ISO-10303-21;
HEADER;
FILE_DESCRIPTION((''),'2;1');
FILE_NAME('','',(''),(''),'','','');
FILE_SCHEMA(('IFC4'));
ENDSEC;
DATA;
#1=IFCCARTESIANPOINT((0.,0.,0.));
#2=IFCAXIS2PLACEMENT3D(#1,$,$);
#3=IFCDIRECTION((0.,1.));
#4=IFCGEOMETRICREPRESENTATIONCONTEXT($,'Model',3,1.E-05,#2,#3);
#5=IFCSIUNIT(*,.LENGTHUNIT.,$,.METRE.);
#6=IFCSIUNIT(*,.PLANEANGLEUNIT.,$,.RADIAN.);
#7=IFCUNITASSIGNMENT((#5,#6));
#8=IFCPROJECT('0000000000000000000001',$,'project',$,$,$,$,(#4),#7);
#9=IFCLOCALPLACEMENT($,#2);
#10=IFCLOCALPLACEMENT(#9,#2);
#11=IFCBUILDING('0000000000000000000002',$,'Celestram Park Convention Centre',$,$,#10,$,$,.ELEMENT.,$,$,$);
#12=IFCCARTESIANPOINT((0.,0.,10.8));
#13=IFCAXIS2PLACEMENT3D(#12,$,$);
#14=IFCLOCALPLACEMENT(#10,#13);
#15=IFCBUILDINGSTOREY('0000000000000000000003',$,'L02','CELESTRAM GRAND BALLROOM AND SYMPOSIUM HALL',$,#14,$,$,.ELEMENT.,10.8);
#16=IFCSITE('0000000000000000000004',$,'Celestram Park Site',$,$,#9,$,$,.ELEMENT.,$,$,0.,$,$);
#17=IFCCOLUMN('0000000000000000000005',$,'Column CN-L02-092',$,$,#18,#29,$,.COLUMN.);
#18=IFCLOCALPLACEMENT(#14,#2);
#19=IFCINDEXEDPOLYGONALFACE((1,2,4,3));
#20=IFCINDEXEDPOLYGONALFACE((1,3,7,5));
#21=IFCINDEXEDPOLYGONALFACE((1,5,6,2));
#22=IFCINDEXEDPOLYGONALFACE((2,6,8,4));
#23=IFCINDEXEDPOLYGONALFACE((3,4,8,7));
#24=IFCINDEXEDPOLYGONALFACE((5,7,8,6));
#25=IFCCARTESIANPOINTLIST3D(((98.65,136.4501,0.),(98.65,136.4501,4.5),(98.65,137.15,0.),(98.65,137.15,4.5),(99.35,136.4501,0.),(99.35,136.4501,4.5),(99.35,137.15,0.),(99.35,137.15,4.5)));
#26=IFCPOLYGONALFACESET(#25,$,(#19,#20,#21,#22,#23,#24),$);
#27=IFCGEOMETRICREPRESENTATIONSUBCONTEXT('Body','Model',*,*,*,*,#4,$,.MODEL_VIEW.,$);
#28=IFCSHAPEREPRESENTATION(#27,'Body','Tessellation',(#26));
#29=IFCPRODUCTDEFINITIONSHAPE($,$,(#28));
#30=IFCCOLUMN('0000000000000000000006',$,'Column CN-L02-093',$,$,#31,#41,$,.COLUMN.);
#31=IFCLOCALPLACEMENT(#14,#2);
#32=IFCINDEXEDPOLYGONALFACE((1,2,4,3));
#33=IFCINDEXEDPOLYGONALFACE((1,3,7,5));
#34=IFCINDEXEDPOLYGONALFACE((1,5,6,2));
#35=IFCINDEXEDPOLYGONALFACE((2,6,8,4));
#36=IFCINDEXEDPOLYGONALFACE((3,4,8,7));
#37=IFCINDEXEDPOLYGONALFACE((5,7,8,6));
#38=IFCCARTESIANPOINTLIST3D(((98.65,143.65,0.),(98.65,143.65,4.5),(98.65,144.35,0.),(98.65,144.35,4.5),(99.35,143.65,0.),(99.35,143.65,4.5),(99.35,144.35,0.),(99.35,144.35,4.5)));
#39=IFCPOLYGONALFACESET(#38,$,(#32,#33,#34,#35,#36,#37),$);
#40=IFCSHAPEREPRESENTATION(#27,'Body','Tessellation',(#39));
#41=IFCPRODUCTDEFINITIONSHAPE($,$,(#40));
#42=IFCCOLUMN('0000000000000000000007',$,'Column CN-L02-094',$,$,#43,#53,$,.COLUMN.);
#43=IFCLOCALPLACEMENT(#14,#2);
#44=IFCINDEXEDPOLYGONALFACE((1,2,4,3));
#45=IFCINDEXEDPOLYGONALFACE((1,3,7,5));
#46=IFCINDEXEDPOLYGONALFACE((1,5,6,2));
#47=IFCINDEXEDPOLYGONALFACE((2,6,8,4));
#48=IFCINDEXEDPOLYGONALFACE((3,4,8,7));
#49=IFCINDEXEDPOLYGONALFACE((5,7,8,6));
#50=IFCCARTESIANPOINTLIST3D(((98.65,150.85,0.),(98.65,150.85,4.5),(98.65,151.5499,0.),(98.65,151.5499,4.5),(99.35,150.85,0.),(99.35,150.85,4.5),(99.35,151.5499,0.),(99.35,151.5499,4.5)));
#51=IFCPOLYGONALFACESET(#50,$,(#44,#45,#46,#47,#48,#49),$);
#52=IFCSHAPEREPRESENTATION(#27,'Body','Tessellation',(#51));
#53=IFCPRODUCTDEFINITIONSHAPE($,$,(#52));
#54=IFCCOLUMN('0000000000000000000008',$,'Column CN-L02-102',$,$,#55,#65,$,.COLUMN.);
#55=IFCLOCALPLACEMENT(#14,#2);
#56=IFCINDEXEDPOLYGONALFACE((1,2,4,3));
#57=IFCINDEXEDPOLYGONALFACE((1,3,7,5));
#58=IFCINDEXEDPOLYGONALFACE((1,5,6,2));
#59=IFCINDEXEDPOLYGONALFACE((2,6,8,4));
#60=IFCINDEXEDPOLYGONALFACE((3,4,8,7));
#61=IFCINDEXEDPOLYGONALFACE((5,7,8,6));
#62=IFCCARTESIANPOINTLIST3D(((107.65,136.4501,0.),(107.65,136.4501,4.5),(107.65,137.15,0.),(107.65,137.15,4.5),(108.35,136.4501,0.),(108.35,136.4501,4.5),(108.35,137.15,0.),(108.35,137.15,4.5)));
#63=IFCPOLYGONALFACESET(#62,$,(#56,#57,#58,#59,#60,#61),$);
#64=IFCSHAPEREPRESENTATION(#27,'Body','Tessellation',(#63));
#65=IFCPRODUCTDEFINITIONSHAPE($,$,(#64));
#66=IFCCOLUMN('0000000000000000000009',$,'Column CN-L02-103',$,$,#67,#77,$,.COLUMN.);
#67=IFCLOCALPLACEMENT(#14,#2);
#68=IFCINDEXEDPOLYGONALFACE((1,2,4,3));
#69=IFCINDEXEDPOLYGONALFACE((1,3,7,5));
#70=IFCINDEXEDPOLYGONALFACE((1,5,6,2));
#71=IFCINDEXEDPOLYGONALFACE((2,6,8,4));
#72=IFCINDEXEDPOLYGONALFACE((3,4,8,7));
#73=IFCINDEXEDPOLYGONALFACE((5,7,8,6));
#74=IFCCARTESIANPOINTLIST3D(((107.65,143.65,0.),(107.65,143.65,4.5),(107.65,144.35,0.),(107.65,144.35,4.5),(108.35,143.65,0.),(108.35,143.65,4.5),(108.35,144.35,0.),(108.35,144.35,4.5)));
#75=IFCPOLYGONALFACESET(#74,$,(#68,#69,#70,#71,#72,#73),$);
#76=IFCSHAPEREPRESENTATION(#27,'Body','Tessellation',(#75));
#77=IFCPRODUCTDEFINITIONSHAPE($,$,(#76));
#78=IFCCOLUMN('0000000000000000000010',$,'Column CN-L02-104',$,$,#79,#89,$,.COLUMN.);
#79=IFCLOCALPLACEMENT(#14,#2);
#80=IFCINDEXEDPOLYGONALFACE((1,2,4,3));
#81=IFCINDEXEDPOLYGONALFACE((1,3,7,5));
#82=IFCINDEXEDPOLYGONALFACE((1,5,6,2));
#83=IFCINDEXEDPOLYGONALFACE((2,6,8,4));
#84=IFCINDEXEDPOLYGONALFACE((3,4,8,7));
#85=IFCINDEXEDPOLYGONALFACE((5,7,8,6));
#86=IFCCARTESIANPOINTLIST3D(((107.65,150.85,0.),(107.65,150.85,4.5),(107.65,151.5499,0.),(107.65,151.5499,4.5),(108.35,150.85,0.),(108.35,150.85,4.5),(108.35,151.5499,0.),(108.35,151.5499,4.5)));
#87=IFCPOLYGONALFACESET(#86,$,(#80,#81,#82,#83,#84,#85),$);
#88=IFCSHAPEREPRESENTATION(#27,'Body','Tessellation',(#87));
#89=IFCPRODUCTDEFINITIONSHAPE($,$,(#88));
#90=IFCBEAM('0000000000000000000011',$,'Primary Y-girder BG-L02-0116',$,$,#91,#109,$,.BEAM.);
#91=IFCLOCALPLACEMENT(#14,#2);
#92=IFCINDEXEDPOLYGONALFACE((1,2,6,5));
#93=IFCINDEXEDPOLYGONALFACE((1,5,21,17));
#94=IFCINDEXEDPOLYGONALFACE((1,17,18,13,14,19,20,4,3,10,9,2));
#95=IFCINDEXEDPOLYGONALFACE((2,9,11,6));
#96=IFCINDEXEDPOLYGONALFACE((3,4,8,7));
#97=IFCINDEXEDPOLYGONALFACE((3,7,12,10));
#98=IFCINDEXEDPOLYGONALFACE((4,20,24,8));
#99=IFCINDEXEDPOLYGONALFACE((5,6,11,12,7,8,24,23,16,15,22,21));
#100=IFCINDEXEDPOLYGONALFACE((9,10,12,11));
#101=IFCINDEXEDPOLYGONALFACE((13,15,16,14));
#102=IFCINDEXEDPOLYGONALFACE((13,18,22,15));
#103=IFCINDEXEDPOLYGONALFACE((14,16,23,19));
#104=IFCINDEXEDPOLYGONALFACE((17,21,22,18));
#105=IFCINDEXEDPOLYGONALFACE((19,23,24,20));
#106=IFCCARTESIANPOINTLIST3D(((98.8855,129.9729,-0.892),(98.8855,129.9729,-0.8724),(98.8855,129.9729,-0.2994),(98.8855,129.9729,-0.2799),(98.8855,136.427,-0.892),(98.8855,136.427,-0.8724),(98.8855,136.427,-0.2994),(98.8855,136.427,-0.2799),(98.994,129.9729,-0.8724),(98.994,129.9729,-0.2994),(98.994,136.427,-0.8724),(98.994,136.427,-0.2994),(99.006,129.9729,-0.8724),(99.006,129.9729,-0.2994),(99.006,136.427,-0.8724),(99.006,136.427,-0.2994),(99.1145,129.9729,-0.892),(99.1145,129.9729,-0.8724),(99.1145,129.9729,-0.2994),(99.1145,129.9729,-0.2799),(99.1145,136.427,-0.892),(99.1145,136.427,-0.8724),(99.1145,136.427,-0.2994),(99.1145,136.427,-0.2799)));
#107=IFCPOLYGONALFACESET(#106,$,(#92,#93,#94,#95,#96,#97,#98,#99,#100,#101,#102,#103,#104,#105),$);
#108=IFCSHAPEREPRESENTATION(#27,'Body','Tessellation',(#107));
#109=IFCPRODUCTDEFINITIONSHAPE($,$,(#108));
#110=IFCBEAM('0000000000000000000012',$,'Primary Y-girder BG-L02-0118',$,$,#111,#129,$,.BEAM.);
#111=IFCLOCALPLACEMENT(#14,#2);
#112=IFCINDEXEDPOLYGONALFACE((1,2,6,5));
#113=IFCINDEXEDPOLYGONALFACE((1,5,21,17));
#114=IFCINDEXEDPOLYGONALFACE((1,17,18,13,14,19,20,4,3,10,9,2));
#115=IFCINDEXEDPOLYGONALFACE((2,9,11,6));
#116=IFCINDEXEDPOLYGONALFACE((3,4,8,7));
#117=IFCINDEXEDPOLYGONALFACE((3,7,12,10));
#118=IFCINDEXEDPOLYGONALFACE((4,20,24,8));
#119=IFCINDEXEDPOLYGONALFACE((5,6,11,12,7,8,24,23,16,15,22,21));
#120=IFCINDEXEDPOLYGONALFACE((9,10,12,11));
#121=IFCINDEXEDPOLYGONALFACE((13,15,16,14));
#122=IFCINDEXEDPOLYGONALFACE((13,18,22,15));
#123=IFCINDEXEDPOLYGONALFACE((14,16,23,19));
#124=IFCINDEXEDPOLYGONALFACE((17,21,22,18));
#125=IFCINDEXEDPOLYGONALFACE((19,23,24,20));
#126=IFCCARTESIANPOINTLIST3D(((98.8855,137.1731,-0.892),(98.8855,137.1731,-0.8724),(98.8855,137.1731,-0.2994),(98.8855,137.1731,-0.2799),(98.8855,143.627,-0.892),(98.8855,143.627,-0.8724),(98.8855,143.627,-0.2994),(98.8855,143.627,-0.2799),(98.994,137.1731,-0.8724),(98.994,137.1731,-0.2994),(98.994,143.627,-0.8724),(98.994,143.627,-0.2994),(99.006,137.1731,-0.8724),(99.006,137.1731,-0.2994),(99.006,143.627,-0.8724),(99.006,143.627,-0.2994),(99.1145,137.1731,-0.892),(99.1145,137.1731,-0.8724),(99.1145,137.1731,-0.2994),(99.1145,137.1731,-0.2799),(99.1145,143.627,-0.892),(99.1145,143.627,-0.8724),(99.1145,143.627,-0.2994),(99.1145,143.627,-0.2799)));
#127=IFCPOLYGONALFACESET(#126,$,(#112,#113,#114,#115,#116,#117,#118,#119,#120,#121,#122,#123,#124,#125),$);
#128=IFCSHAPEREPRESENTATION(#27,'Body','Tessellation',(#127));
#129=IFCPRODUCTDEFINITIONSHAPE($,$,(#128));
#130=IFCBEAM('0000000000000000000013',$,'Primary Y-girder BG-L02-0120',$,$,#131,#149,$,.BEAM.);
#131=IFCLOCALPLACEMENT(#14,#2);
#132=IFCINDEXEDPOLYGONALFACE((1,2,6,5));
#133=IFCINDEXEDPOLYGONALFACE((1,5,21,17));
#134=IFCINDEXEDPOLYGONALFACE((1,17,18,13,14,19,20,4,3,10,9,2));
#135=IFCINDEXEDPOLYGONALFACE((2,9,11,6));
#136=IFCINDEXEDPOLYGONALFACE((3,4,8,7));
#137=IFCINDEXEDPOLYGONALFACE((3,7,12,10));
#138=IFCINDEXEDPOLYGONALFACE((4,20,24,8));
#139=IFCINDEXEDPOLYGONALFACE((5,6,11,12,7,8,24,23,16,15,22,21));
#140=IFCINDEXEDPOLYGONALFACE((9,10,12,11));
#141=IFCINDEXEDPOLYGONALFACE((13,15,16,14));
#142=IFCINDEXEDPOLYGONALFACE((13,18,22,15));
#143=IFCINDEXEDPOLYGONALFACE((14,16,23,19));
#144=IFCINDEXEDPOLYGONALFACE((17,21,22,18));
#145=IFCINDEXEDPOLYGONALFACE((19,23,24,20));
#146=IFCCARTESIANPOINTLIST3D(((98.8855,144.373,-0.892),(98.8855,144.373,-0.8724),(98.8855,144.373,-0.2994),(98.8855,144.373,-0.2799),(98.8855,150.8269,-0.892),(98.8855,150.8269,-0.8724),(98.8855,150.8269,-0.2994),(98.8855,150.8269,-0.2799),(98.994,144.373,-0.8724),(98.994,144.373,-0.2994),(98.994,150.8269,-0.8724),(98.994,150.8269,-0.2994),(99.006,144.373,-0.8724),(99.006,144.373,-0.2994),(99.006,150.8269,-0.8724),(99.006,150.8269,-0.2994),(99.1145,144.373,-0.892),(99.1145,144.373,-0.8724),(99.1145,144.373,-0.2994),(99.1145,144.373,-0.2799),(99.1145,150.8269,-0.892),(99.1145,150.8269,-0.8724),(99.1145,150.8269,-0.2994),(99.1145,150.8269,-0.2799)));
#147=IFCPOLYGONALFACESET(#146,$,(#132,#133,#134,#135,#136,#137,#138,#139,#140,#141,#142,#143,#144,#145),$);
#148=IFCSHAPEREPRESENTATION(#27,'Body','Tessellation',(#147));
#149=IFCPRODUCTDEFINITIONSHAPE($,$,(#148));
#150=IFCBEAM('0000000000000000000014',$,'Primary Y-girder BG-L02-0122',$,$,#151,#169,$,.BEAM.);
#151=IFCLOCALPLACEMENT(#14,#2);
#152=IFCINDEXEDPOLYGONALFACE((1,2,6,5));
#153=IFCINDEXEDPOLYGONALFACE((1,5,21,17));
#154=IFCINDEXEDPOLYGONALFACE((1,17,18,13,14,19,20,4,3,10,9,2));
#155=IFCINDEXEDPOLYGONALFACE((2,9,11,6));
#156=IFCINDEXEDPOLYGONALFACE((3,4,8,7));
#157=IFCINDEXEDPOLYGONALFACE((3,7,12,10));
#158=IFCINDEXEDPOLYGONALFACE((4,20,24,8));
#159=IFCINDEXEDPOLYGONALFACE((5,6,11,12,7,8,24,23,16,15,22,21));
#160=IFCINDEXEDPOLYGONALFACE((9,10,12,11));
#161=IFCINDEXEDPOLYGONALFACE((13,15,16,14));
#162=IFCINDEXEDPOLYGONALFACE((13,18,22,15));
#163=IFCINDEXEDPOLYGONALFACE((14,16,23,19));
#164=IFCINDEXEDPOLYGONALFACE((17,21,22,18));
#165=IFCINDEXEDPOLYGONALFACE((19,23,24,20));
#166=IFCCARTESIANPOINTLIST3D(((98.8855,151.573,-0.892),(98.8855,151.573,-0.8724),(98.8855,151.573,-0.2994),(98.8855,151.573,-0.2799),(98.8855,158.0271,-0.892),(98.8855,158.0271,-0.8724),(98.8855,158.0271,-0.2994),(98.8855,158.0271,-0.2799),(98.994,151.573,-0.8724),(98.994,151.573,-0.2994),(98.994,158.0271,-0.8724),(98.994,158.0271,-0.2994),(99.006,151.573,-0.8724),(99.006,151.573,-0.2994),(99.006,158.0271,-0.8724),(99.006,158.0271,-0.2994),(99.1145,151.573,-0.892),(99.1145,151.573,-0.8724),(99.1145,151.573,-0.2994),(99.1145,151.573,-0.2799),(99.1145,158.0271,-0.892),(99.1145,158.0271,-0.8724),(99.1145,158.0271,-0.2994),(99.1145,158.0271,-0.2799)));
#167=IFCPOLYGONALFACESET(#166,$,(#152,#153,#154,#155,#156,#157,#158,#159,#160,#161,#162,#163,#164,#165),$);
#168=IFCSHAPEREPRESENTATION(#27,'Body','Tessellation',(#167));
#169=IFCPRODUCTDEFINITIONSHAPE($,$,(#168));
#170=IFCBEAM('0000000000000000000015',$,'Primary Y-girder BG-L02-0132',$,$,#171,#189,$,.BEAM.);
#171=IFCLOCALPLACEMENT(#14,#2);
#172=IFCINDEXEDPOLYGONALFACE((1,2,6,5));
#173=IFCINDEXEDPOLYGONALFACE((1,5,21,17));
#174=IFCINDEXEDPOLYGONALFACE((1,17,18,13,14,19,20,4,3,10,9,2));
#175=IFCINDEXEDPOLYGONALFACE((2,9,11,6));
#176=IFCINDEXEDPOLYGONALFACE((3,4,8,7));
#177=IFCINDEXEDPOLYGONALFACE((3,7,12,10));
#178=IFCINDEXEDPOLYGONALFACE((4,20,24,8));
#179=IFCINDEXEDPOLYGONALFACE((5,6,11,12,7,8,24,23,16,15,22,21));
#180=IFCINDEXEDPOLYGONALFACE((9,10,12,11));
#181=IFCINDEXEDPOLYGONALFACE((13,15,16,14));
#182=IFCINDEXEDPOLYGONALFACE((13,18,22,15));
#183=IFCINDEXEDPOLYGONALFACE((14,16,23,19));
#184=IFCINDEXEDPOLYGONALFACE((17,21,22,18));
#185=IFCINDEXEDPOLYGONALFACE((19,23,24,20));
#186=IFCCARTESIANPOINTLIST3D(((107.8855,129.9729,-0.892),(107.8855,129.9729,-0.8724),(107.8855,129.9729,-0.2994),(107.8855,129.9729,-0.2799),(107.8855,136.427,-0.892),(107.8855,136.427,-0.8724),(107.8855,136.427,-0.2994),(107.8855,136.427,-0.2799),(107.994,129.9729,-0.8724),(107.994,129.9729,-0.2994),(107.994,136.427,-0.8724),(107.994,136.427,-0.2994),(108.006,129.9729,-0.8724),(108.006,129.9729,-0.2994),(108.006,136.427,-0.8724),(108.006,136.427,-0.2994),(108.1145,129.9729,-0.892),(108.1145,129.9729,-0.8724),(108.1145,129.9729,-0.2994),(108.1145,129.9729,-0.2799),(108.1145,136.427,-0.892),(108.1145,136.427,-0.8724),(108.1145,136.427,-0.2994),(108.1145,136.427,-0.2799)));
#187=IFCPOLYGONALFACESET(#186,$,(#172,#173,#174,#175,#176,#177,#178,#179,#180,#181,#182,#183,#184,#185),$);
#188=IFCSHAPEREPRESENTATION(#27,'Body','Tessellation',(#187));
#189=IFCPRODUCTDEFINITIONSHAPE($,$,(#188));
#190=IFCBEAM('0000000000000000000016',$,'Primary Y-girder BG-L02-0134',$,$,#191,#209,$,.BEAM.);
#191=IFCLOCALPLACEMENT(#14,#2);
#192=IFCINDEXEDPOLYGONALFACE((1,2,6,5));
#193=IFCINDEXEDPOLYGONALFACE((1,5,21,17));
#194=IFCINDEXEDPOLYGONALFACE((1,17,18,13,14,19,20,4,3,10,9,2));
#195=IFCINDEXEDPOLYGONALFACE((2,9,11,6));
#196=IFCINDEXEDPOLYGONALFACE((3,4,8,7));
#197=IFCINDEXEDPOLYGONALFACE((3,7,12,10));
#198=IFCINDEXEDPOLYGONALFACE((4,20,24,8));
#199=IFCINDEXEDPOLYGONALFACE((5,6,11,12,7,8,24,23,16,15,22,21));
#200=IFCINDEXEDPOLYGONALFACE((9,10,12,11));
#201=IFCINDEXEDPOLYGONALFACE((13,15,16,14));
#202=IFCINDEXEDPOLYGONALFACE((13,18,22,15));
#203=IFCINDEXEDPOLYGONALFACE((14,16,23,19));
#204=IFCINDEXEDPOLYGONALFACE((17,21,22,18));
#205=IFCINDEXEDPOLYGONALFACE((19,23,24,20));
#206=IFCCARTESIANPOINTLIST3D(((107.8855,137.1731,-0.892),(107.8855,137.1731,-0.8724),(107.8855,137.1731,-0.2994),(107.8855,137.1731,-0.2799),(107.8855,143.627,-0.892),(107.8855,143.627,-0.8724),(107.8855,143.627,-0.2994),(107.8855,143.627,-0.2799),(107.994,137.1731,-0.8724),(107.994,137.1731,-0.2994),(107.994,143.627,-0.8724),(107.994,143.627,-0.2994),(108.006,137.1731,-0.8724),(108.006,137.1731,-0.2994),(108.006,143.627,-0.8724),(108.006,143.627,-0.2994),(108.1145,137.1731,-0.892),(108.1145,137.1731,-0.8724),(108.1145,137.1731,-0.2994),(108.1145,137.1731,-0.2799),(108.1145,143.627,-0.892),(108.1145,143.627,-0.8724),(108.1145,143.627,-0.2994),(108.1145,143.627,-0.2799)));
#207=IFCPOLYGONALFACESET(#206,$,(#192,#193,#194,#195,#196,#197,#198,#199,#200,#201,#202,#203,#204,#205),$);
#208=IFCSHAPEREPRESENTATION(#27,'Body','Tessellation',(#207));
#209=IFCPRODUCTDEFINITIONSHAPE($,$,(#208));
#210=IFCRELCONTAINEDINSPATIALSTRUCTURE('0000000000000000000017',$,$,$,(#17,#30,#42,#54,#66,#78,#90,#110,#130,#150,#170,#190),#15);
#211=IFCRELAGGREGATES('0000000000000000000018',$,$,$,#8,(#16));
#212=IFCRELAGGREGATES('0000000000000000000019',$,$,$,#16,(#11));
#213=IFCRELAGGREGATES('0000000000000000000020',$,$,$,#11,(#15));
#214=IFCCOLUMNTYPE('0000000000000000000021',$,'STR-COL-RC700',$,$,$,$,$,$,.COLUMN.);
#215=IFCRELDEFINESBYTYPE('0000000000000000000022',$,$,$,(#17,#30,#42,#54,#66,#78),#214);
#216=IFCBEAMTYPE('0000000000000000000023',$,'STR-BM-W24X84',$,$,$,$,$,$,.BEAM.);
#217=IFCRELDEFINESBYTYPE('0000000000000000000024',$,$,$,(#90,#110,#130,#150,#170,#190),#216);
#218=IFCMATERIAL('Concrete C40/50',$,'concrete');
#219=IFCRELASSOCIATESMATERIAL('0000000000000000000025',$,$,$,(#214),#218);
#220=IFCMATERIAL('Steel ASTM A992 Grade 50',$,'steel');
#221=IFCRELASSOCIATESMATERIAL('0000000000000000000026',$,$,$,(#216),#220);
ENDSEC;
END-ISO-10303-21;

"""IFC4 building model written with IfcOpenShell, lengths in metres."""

from ifc_helpers import new_model, si_unit, direction, frame, origin, origin_2d, place, context, subcontext, project, spatial, rectangle, i_section, extrude, material, material_profile, profile_set, type_object, element, save


model = new_model("IFC4")

# Units and contexts
model_context = context("Model", 3, precision=1e-05, world=origin(), true_north=direction((0.0, 1.0)))
body_context = subcontext(model_context, "Body", "Model", "MODEL_VIEW")
ifc_project = project(units=[si_unit("LENGTHUNIT", "METRE"), si_unit("PLANEANGLEUNIT", "RADIAN")], contexts=[model_context])

# Site, building, storey
site_placement = place(None, origin())
site = spatial("IfcSite", under=ifc_project, at=site_placement, Name="Celestram Park Site", CompositionType="ELEMENT", RefElevation=0.0)
building_placement = place(site_placement, origin())
building = spatial("IfcBuilding", under=site, at=building_placement, Name="Celestram Park Convention Centre", CompositionType="ELEMENT")
storey_placement = place(building_placement, frame((0.0, 0.0, 10.8)))
storey = spatial("IfcBuildingStorey", under=building, at=storey_placement, Name="L02", Description="CELESTRAM GRAND BALLROOM AND SYMPOSIUM HALL", CompositionType="ELEMENT", Elevation=10.8)

# Columns
ifc_material_1 = material(Name="Concrete C40/50", Category="concrete")
ifc_material_profile_1 = material_profile(ifc_material_1, rectangle(XDim=0.7, YDim=0.7, at=origin_2d()), Name="RC700X700")
ifc_profile_set_1 = profile_set([ifc_material_profile_1], Name="Concrete C40/50")
column_type = type_object("IfcColumnType", Name="STR-COL-RC700", PredefinedType="COLUMN", material=ifc_profile_set_1)
for number, where, z_axis, x_axis, name in (
    (1, (99.0, 136.8, 0.0), (0.0, 0.0, 1.0), (1.0, 0.0, 0.0), "Column CN-L02-092"),
    (2, (99.0, 144.0, 0.0), (0.0, 0.0, 1.0), (1.0, 0.0, 0.0), "Column CN-L02-093"),
    (3, (99.0, 151.2, 0.0), (0.0, 0.0, 1.0), (1.0, 0.0, 0.0), "Column CN-L02-094"),
    (4, (108.0, 136.8, 0.0), (0.0, 0.0, 1.0), (1.0, 0.0, 0.0), "Column CN-L02-102"),
    (5, (108.0, 144.0, 0.0), (0.0, 0.0, 1.0), (1.0, 0.0, 0.0), "Column CN-L02-103"),
    (6, (108.0, 151.2, 0.0), (0.0, 0.0, 1.0), (1.0, 0.0, 0.0), "Column CN-L02-104"),
):
    element("IfcColumn", number, at=place(storey_placement, frame(where, z_axis=z_axis, x_axis=x_axis)), inside=storey, type_object=column_type, Name=name, PredefinedType="COLUMN", context=body_context, shape_type="SweptSolid", body=[
        extrude(rectangle(XDim=0.7, YDim=0.7, at=origin_2d()), origin(), (0.0, 0.0, 1.0), 4.5),
    ])

# Beams
ifc_material_2 = material(Name="Steel ASTM A992 Grade 50", Category="steel")
ifc_material_profile_2 = material_profile(ifc_material_2, i_section(OverallWidth=0.229, OverallDepth=0.6121, WebThickness=0.012, FlangeThickness=0.0195, at=origin_2d()), Name="W24X84")
ifc_profile_set_2 = profile_set([ifc_material_profile_2], Name="Steel ASTM A992 Grade 50")
beam_type_1 = type_object("IfcBeamType", Name="STR-BM-W24X84", PredefinedType="BEAM", material=ifc_profile_set_2)
beam_1_placement = place(storey_placement, frame((99.0, 129.9729, -0.5859), z_axis=(0.0, 1.0, 0.0), x_axis=(-1.0, 0.0, 0.0)))
element("IfcBeam", 7, at=beam_1_placement, inside=storey, type_object=beam_type_1, Name="Primary Y-girder BG-L02-0116", PredefinedType="BEAM", context=body_context, shape_type="SweptSolid", body=[
    extrude(i_section(OverallWidth=0.229, OverallDepth=0.6121, WebThickness=0.012, FlangeThickness=0.0195, at=origin_2d()), origin(), (0.0, 0.0, 1.0), 6.4541),
])
for number, where, z_axis, x_axis, name in (
    (8, (99.0, 137.1731, -0.5859), (0.0, 1.0, 0.0), (-1.0, 0.0, 0.0), "Primary Y-girder BG-L02-0118"),
    (9, (99.0, 144.373, -0.5859), (0.0, 1.0, 0.0), (-1.0, 0.0, 0.0), "Primary Y-girder BG-L02-0120"),
):
    element("IfcBeam", number, at=place(storey_placement, frame(where, z_axis=z_axis, x_axis=x_axis)), inside=storey, type_object=beam_type_1, Name=name, PredefinedType="BEAM", context=body_context, shape_type="SweptSolid", body=[
        extrude(i_section(OverallWidth=0.229, OverallDepth=0.6121, WebThickness=0.012, FlangeThickness=0.0195, at=origin_2d()), origin(), (0.0, 0.0, 1.0), 6.4539),
    ])
for number, where, z_axis, x_axis, name in (
    (10, (99.0, 151.573, -0.5859), (0.0, 1.0, 0.0), (-1.0, 0.0, 0.0), "Primary Y-girder BG-L02-0122"),
    (11, (108.0, 129.9729, -0.5859), (0.0, 1.0, 0.0), (-1.0, 0.0, 0.0), "Primary Y-girder BG-L02-0132"),
):
    element("IfcBeam", number, at=place(storey_placement, frame(where, z_axis=z_axis, x_axis=x_axis)), inside=storey, type_object=beam_type_1, Name=name, PredefinedType="BEAM", context=body_context, shape_type="SweptSolid", body=[
        extrude(i_section(OverallWidth=0.229, OverallDepth=0.6121, WebThickness=0.012, FlangeThickness=0.0195, at=origin_2d()), origin(), (0.0, 0.0, 1.0), 6.4541),
    ])
for number, where, z_axis, x_axis, name in (
    (12, (108.0, 137.1731, -0.5859), (0.0, 1.0, 0.0), (-1.0, 0.0, 0.0), "Primary Y-girder BG-L02-0134"),
):
    element("IfcBeam", number, at=place(storey_placement, frame(where, z_axis=z_axis, x_axis=x_axis)), inside=storey, type_object=beam_type_1, Name=name, PredefinedType="BEAM", context=body_context, shape_type="SweptSolid", body=[
        extrude(i_section(OverallWidth=0.229, OverallDepth=0.6121, WebThickness=0.012, FlangeThickness=0.0195, at=origin_2d()), origin(), (0.0, 0.0, 1.0), 6.4539),
    ])

save(model, "model.ifc")
